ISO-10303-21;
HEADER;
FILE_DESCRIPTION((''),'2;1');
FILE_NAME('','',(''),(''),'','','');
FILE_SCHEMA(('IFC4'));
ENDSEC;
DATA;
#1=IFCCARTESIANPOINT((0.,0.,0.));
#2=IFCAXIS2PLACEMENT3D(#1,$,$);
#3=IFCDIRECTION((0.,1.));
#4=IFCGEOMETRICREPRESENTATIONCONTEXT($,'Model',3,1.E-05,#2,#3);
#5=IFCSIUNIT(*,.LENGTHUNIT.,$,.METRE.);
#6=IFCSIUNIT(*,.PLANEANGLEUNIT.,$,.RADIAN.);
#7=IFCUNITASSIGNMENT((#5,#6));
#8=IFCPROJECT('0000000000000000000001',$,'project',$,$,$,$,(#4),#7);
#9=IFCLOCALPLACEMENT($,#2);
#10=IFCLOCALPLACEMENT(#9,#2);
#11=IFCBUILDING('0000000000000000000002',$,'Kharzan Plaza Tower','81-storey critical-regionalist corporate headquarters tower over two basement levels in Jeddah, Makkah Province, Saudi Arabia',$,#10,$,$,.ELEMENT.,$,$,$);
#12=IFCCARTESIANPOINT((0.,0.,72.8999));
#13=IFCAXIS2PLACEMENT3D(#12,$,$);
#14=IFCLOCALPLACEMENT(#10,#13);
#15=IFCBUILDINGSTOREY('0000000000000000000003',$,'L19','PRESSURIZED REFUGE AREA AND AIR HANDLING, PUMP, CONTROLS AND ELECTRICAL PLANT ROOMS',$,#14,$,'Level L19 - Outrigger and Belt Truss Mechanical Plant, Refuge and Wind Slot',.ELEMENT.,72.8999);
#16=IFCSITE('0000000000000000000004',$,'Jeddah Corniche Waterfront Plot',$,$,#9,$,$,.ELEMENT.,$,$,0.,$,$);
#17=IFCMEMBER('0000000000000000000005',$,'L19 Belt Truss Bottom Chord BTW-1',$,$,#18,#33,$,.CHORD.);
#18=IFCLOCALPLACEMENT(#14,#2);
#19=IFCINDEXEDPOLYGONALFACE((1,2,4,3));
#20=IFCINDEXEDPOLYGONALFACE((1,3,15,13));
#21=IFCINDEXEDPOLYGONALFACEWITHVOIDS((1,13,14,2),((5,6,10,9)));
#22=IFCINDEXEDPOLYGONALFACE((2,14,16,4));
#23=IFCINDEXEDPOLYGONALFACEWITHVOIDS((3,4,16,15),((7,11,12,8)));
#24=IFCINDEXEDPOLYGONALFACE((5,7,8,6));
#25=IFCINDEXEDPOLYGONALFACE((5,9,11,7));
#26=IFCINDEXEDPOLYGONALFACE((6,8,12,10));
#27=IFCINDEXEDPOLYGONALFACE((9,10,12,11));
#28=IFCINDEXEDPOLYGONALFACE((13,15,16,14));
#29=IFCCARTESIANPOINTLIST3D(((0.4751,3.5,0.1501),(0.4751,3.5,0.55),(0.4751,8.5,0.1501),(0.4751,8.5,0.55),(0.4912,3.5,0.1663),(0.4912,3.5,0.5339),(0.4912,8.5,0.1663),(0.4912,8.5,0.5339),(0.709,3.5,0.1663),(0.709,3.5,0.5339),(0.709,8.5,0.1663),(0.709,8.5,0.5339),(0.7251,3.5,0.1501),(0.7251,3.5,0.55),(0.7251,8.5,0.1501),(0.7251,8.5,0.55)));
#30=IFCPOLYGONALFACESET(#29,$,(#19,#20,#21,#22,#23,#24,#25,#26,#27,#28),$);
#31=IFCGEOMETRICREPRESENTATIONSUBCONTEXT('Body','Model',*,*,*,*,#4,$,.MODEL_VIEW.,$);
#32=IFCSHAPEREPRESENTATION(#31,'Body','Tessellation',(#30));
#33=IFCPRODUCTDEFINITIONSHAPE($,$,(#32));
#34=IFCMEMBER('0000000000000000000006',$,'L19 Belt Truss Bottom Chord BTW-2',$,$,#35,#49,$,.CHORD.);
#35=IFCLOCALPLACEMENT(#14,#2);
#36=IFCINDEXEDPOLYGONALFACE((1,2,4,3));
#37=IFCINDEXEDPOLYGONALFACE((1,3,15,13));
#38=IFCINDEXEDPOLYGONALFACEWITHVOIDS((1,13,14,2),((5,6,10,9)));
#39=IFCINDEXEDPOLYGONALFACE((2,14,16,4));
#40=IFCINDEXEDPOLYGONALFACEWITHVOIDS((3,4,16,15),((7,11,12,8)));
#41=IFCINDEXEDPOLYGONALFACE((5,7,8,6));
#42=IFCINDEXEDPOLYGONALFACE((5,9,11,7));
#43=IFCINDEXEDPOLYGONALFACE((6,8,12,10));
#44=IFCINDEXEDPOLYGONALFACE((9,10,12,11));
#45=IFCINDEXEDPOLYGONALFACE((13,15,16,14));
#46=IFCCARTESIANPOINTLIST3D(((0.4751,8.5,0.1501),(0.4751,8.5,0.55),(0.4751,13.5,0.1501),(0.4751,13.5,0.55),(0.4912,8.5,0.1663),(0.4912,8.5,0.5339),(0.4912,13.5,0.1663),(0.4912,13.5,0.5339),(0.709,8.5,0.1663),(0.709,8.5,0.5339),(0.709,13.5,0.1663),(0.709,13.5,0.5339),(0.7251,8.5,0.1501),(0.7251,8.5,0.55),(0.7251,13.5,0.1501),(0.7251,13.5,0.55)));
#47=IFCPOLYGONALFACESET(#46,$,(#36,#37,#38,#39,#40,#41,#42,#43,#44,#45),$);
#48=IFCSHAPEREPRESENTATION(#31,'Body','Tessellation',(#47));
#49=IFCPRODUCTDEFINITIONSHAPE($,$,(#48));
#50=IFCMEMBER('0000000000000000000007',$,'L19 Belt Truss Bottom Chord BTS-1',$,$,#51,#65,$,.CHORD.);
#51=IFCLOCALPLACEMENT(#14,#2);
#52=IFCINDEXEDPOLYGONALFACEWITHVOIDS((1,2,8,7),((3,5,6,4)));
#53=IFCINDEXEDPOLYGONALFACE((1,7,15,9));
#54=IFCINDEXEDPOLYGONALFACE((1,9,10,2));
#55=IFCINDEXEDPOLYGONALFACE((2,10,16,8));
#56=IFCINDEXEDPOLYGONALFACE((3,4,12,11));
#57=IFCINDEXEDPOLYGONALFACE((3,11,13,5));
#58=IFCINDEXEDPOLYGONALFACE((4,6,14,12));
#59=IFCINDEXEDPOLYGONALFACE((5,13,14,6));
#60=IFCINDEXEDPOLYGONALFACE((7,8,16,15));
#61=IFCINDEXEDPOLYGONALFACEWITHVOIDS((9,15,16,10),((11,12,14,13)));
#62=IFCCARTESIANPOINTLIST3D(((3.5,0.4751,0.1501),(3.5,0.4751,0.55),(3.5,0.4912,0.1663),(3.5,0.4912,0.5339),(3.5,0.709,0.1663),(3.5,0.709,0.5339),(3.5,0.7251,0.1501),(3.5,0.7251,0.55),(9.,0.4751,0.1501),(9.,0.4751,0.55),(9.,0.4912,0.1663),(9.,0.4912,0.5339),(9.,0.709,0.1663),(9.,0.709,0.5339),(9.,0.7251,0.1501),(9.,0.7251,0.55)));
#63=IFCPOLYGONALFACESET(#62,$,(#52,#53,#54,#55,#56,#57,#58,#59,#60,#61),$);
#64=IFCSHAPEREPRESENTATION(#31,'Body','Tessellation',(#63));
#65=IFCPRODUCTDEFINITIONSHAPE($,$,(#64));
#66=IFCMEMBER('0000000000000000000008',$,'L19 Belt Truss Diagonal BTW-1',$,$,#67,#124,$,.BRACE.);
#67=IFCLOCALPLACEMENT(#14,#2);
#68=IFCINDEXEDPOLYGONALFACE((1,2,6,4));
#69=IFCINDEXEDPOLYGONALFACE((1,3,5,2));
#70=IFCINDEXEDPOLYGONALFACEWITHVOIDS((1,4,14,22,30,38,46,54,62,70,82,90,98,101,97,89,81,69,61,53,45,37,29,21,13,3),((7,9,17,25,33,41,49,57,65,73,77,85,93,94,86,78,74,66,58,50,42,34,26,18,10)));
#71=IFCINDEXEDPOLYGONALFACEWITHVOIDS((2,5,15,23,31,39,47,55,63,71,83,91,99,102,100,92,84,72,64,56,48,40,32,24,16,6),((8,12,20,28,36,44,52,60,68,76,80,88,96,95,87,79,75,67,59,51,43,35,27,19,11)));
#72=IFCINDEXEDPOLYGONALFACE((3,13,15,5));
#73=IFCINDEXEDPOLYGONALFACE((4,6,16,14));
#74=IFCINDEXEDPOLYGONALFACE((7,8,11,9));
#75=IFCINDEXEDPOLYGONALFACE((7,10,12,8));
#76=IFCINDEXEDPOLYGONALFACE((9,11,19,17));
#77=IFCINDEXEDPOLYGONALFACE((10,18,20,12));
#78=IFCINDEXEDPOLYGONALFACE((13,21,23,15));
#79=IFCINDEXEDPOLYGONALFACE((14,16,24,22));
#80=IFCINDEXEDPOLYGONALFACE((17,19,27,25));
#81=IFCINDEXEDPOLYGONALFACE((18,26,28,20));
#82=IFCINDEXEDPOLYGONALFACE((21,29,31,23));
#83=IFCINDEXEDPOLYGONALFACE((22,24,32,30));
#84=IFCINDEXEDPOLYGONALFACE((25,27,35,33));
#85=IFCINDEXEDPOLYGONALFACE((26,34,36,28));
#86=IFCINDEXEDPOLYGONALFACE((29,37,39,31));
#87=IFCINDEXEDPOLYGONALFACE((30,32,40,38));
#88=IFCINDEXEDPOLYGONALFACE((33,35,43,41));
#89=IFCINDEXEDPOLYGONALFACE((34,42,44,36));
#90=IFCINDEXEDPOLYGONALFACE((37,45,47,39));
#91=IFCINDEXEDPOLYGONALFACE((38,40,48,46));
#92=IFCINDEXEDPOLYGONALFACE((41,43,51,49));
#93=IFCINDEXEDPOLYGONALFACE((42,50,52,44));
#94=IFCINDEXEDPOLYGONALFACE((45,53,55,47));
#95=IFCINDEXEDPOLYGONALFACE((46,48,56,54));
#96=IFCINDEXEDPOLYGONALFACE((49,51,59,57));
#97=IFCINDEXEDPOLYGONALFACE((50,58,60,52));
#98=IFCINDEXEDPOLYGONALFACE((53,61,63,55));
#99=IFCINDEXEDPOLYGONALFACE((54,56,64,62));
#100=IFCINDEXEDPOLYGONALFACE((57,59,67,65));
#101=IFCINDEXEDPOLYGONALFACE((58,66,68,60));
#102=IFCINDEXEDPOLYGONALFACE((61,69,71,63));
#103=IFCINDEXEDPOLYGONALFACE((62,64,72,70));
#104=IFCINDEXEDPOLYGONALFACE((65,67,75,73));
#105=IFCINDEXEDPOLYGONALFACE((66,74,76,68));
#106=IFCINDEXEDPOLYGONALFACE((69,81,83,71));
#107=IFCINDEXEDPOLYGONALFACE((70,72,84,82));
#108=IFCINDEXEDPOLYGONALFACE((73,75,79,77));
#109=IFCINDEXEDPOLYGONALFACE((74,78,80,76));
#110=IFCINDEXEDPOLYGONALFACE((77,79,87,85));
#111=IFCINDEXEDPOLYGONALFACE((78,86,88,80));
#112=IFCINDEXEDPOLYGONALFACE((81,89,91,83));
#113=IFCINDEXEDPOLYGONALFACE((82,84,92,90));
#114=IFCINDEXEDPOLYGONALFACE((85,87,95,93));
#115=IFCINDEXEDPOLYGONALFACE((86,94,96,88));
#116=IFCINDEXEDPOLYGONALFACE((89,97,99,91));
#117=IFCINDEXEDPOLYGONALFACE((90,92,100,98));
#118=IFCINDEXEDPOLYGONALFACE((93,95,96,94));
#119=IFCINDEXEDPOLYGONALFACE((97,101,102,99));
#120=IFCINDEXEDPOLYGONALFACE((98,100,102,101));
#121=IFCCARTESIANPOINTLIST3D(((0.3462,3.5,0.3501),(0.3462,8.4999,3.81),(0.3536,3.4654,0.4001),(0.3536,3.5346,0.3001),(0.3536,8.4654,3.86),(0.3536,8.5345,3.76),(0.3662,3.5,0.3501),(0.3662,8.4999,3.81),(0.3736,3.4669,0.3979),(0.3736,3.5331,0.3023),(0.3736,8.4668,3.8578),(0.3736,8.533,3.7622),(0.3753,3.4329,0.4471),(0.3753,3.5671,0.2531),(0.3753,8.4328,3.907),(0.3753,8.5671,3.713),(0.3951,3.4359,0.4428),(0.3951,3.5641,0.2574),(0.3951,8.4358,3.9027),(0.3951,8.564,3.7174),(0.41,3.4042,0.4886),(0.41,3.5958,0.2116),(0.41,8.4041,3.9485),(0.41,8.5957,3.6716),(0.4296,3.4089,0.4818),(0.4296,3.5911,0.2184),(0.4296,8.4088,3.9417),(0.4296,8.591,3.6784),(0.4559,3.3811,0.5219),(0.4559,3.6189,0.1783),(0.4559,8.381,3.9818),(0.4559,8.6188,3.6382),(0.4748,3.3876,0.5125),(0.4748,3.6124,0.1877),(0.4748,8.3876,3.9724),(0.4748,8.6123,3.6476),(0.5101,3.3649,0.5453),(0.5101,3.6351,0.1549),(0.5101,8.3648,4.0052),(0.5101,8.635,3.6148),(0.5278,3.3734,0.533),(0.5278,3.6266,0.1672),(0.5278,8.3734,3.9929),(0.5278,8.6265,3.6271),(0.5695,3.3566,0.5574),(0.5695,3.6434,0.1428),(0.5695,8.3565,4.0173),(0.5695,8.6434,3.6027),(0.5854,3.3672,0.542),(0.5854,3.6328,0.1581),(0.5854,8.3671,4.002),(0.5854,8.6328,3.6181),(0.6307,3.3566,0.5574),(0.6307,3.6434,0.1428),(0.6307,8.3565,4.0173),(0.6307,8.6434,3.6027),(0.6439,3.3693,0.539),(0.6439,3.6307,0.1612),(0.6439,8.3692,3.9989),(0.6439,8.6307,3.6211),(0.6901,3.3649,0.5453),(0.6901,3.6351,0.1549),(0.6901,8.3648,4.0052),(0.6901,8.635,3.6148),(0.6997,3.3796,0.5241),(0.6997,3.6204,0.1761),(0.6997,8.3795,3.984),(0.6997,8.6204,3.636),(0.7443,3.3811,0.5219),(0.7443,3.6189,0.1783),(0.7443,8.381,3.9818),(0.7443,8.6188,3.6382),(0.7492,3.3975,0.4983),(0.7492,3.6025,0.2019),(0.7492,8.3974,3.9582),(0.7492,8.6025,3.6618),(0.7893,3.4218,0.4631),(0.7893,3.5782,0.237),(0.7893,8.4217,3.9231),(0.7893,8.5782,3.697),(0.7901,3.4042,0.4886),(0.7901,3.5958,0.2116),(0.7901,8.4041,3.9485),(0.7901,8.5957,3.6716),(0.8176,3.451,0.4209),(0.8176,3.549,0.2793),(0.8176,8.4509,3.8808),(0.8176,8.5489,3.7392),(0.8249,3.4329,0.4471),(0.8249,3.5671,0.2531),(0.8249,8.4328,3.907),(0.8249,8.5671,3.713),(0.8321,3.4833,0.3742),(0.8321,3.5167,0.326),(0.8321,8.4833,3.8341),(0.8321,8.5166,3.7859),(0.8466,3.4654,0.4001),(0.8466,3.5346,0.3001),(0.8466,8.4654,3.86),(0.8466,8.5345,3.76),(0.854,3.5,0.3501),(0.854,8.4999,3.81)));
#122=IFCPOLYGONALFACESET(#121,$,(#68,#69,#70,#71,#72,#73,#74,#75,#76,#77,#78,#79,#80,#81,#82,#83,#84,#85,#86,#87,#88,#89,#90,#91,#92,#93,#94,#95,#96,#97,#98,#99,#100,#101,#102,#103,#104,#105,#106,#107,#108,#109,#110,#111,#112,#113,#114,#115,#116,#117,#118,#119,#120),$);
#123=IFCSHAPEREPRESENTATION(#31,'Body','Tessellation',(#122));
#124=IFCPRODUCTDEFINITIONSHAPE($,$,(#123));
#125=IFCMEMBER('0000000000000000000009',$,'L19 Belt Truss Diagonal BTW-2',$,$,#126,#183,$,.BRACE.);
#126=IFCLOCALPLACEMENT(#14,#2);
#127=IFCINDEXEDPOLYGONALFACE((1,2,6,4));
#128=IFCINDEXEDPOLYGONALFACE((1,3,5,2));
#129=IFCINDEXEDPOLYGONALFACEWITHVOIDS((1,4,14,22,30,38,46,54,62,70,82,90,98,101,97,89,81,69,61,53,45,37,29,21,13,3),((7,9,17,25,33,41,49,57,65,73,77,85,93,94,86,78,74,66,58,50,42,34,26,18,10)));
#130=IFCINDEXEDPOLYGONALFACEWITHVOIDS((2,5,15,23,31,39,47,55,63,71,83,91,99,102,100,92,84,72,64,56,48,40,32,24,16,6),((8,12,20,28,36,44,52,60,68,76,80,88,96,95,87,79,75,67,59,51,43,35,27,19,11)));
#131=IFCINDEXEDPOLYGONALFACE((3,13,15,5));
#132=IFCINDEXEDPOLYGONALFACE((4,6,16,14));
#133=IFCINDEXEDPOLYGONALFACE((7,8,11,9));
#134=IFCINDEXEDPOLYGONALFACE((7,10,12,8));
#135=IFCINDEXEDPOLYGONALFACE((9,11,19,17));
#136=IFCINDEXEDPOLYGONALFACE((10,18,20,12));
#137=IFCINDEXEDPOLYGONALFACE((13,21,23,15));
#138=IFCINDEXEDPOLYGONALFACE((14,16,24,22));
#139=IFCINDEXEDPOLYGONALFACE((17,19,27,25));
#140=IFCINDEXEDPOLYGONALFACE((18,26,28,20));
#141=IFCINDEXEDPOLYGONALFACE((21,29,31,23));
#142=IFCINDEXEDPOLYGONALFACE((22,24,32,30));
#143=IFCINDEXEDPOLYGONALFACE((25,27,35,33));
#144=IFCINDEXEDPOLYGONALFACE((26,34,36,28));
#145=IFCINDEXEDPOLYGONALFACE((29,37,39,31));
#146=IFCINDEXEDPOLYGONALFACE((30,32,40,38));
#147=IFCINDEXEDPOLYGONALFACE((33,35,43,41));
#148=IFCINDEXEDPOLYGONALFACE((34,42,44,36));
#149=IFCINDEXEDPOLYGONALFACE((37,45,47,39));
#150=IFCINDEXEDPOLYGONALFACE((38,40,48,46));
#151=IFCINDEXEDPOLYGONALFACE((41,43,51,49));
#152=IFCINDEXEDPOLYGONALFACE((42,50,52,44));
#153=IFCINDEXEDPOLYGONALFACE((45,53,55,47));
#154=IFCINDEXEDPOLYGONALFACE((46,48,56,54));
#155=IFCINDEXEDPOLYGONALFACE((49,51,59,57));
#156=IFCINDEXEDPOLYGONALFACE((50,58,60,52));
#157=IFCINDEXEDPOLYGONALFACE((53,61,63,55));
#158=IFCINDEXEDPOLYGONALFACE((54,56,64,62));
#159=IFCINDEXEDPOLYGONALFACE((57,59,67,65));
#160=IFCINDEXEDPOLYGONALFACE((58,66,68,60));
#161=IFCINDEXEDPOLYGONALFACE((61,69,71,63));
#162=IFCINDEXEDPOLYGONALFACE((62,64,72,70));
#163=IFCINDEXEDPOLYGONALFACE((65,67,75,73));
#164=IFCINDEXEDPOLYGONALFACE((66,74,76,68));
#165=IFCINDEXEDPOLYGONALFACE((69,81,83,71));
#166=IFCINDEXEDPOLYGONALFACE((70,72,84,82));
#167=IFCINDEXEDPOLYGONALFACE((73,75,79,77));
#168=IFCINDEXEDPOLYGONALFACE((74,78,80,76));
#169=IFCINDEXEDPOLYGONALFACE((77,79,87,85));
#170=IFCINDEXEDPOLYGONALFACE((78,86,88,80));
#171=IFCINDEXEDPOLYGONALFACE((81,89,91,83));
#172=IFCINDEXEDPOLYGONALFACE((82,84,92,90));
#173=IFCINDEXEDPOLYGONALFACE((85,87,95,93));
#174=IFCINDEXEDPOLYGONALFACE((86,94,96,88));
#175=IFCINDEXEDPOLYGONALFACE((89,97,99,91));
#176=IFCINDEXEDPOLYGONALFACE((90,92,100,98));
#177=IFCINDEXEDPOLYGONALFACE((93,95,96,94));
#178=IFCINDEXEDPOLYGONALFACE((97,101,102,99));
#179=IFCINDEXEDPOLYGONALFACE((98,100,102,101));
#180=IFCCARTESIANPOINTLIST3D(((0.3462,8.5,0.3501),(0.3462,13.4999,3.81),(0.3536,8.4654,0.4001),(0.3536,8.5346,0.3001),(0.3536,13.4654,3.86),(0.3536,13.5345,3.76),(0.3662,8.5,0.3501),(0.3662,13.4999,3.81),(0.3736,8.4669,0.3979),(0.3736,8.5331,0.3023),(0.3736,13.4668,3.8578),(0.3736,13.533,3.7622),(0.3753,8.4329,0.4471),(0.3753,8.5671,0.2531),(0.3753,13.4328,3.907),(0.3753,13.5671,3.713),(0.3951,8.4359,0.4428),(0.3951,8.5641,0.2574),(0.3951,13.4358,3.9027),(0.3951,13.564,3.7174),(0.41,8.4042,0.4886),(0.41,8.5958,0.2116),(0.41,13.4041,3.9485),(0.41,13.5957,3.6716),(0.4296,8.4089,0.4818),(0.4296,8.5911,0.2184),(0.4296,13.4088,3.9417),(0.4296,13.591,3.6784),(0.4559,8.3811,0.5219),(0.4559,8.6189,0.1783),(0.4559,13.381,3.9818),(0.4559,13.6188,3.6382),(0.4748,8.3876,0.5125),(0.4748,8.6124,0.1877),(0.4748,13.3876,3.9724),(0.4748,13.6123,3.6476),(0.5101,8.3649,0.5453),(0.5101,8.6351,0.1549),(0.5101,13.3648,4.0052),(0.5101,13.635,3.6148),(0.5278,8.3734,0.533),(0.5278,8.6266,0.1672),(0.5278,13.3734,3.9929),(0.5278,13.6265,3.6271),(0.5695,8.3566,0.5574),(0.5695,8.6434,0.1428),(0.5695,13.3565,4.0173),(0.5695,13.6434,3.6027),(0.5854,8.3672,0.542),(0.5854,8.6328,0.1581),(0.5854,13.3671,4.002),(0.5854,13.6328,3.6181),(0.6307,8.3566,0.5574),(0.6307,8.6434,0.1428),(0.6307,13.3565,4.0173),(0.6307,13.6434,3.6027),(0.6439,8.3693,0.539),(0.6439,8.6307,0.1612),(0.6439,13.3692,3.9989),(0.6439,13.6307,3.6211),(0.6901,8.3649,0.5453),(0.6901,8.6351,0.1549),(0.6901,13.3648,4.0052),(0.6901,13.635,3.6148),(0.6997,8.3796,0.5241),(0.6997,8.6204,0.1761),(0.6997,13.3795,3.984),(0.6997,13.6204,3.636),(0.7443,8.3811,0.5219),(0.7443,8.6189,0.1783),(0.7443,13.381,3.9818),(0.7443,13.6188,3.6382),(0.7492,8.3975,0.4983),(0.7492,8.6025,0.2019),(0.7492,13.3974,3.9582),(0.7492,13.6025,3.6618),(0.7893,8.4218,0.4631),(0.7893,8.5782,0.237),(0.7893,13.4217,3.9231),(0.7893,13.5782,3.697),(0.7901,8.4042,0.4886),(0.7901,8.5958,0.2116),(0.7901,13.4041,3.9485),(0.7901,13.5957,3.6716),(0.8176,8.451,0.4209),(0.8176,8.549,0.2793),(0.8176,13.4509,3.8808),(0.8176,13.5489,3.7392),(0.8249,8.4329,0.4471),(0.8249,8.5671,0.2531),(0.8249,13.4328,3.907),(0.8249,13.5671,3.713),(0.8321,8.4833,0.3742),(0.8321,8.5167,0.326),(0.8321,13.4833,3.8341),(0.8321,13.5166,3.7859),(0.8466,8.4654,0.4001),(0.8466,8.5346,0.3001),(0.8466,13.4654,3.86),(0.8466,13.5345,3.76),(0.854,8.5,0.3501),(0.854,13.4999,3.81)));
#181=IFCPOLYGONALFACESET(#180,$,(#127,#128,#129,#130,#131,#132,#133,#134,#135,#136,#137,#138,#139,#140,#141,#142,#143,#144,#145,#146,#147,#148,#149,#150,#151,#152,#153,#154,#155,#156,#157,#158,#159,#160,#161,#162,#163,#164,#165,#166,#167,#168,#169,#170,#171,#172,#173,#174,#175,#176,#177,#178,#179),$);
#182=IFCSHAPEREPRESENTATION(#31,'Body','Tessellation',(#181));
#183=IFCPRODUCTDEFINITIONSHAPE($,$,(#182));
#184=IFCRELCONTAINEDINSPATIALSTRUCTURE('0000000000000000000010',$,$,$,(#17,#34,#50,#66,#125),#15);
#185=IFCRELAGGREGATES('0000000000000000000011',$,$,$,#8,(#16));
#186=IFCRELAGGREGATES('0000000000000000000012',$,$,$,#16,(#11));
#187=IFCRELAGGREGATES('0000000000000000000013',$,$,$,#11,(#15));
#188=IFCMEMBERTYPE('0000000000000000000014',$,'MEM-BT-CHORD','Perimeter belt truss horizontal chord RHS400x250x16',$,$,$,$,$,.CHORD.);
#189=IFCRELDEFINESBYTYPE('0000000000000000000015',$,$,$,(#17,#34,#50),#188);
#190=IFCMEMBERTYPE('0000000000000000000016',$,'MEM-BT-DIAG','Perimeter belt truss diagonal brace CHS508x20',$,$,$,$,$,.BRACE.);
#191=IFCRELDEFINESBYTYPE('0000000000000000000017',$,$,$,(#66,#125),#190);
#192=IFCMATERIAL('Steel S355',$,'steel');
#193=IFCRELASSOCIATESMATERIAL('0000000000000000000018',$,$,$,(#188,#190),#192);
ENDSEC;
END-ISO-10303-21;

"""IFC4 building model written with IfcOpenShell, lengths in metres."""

from ifc_helpers import new_model, si_unit, direction, frame, origin, origin_2d, place, context, subcontext, project, spatial, hollow_rectangle, hollow_circle, extrude, source, transform, mapped, material, material_profile, profile_set, type_object, element, save


model = new_model("IFC4")

# Units and contexts
model_context = context("Model", 3, precision=1e-05, world=origin(), true_north=direction((0.0, 1.0)))
body_context = subcontext(model_context, "Body", "Model", "MODEL_VIEW")
ifc_project = project(units=[si_unit("LENGTHUNIT", "METRE"), si_unit("PLANEANGLEUNIT", "RADIAN")], contexts=[model_context])

# Site, building, storey
site_placement = place(None, origin())
site = spatial("IfcSite", under=ifc_project, at=site_placement, Name="Jeddah Corniche Waterfront Plot", CompositionType="ELEMENT", RefElevation=0.0)
building_placement = place(site_placement, origin())
building = spatial("IfcBuilding", under=site, at=building_placement, Name="Kharzan Plaza Tower", Description="81-storey critical-regionalist corporate headquarters tower over two basement levels in Jeddah, Makkah Province, Saudi Arabia", CompositionType="ELEMENT")
storey_placement = place(building_placement, frame((0.0, 0.0, 72.8999)))
storey = spatial("IfcBuildingStorey", under=building, at=storey_placement, Name="L19", Description="PRESSURIZED REFUGE AREA AND AIR HANDLING, PUMP, CONTROLS AND ELECTRICAL PLANT ROOMS", LongName="Level L19 - Outrigger and Belt Truss Mechanical Plant, Refuge and Wind Slot", CompositionType="ELEMENT", Elevation=72.8999)

# Shared definitions
ifc_material_1 = material(Name="Steel S355", Category="steel")

# Members
ifc_material_profile_1 = material_profile(ifc_material_1, hollow_rectangle(XDim=0.25, YDim=0.3999, WallThickness=0.0161, at=origin_2d()), Name="RHS400x250x16")
ifc_profile_set_1 = profile_set([ifc_material_profile_1], Name="Steel S355")
member_type_1 = type_object("IfcMemberType", Name="MEM-BT-CHORD", Description="Perimeter belt truss horizontal chord RHS400x250x16", PredefinedType="CHORD", material=ifc_profile_set_1)
shared_shape_1 = source(origin(), body_context, "Body", "SweptSolid", [
    extrude(hollow_rectangle(XDim=0.25, YDim=0.3999, WallThickness=0.0161, at=origin_2d()), origin(), (0.0, 0.0, 1.0), 5.0),
])
for number, where, z_axis, x_axis, name in (
    (1, (0.6001, 3.5, 0.3501), (0.0, 1.0, 0.0), (-1.0, 0.0, 0.0), "L19 Belt Truss Bottom Chord BTW-1"),
    (2, (0.6001, 8.5, 0.3501), (0.0, 1.0, 0.0), (-1.0, 0.0, 0.0), "L19 Belt Truss Bottom Chord BTW-2"),
):
    element("IfcMember", number, at=place(storey_placement, frame(where, z_axis=z_axis, x_axis=x_axis)), inside=storey, type_object=member_type_1, Name=name, PredefinedType="CHORD", context=body_context, shape_type="MappedRepresentation", body=[
        mapped(shared_shape_1, transform((0.0, 0.0, 0.0), x_axis=(1.0, 0.0, 0.0), y_axis=(0.0, 1.0, 0.0), z_axis=(0.0, 0.0, 1.0))),
    ])
shared_shape_2 = source(origin(), body_context, "Body", "SweptSolid", [
    extrude(hollow_rectangle(XDim=0.25, YDim=0.3999, WallThickness=0.0161, at=origin_2d()), origin(), (0.0, 0.0, 1.0), 5.5),
])
member_1_placement = place(storey_placement, frame((3.5, 0.6001, 0.3501), z_axis=(1.0, 0.0, 0.0), x_axis=(0.0, 1.0, 0.0)))
element("IfcMember", 3, at=member_1_placement, inside=storey, type_object=member_type_1, Name="L19 Belt Truss Bottom Chord BTS-1", PredefinedType="CHORD", context=body_context, shape_type="MappedRepresentation", body=[
    mapped(shared_shape_2, transform((0.0, 0.0, 0.0), x_axis=(1.0, 0.0, 0.0), y_axis=(0.0, 1.0, 0.0), z_axis=(0.0, 0.0, 1.0))),
])
ifc_material_profile_2 = material_profile(ifc_material_1, hollow_circle(Radius=0.2539, WallThickness=0.02, at=origin_2d()), Name="CHS508x20")
ifc_profile_set_2 = profile_set([ifc_material_profile_2], Name="Steel S355")
member_type_2 = type_object("IfcMemberType", Name="MEM-BT-DIAG", Description="Perimeter belt truss diagonal brace CHS508x20", PredefinedType="BRACE", material=ifc_profile_set_2)
shared_shape_3 = source(origin(), body_context, "Body", "SweptSolid", [
    extrude(hollow_circle(Radius=0.2539, WallThickness=0.02, at=origin_2d()), origin(), (0.0, 0.0, 1.0), 6.0803),
])
for number, where, z_axis, x_axis, name in (
    (4, (0.6001, 3.5, 0.3501), (0.0, 0.822314, 0.569035), (-1.0, 0.0, 0.0), "L19 Belt Truss Diagonal BTW-1"),
    (5, (0.6001, 8.5, 0.3501), (0.0, 0.822314, 0.569035), (-1.0, 0.0, 0.0), "L19 Belt Truss Diagonal BTW-2"),
):
    element("IfcMember", number, at=place(storey_placement, frame(where, z_axis=z_axis, x_axis=x_axis)), inside=storey, type_object=member_type_2, Name=name, PredefinedType="BRACE", context=body_context, shape_type="MappedRepresentation", body=[
        mapped(shared_shape_3, transform((0.0, 0.0, 0.0), x_axis=(1.0, 0.0, 0.0), y_axis=(0.0, 1.0, 0.0), z_axis=(0.0, 0.0, 1.0))),
    ])

save(model, "model.ifc")
